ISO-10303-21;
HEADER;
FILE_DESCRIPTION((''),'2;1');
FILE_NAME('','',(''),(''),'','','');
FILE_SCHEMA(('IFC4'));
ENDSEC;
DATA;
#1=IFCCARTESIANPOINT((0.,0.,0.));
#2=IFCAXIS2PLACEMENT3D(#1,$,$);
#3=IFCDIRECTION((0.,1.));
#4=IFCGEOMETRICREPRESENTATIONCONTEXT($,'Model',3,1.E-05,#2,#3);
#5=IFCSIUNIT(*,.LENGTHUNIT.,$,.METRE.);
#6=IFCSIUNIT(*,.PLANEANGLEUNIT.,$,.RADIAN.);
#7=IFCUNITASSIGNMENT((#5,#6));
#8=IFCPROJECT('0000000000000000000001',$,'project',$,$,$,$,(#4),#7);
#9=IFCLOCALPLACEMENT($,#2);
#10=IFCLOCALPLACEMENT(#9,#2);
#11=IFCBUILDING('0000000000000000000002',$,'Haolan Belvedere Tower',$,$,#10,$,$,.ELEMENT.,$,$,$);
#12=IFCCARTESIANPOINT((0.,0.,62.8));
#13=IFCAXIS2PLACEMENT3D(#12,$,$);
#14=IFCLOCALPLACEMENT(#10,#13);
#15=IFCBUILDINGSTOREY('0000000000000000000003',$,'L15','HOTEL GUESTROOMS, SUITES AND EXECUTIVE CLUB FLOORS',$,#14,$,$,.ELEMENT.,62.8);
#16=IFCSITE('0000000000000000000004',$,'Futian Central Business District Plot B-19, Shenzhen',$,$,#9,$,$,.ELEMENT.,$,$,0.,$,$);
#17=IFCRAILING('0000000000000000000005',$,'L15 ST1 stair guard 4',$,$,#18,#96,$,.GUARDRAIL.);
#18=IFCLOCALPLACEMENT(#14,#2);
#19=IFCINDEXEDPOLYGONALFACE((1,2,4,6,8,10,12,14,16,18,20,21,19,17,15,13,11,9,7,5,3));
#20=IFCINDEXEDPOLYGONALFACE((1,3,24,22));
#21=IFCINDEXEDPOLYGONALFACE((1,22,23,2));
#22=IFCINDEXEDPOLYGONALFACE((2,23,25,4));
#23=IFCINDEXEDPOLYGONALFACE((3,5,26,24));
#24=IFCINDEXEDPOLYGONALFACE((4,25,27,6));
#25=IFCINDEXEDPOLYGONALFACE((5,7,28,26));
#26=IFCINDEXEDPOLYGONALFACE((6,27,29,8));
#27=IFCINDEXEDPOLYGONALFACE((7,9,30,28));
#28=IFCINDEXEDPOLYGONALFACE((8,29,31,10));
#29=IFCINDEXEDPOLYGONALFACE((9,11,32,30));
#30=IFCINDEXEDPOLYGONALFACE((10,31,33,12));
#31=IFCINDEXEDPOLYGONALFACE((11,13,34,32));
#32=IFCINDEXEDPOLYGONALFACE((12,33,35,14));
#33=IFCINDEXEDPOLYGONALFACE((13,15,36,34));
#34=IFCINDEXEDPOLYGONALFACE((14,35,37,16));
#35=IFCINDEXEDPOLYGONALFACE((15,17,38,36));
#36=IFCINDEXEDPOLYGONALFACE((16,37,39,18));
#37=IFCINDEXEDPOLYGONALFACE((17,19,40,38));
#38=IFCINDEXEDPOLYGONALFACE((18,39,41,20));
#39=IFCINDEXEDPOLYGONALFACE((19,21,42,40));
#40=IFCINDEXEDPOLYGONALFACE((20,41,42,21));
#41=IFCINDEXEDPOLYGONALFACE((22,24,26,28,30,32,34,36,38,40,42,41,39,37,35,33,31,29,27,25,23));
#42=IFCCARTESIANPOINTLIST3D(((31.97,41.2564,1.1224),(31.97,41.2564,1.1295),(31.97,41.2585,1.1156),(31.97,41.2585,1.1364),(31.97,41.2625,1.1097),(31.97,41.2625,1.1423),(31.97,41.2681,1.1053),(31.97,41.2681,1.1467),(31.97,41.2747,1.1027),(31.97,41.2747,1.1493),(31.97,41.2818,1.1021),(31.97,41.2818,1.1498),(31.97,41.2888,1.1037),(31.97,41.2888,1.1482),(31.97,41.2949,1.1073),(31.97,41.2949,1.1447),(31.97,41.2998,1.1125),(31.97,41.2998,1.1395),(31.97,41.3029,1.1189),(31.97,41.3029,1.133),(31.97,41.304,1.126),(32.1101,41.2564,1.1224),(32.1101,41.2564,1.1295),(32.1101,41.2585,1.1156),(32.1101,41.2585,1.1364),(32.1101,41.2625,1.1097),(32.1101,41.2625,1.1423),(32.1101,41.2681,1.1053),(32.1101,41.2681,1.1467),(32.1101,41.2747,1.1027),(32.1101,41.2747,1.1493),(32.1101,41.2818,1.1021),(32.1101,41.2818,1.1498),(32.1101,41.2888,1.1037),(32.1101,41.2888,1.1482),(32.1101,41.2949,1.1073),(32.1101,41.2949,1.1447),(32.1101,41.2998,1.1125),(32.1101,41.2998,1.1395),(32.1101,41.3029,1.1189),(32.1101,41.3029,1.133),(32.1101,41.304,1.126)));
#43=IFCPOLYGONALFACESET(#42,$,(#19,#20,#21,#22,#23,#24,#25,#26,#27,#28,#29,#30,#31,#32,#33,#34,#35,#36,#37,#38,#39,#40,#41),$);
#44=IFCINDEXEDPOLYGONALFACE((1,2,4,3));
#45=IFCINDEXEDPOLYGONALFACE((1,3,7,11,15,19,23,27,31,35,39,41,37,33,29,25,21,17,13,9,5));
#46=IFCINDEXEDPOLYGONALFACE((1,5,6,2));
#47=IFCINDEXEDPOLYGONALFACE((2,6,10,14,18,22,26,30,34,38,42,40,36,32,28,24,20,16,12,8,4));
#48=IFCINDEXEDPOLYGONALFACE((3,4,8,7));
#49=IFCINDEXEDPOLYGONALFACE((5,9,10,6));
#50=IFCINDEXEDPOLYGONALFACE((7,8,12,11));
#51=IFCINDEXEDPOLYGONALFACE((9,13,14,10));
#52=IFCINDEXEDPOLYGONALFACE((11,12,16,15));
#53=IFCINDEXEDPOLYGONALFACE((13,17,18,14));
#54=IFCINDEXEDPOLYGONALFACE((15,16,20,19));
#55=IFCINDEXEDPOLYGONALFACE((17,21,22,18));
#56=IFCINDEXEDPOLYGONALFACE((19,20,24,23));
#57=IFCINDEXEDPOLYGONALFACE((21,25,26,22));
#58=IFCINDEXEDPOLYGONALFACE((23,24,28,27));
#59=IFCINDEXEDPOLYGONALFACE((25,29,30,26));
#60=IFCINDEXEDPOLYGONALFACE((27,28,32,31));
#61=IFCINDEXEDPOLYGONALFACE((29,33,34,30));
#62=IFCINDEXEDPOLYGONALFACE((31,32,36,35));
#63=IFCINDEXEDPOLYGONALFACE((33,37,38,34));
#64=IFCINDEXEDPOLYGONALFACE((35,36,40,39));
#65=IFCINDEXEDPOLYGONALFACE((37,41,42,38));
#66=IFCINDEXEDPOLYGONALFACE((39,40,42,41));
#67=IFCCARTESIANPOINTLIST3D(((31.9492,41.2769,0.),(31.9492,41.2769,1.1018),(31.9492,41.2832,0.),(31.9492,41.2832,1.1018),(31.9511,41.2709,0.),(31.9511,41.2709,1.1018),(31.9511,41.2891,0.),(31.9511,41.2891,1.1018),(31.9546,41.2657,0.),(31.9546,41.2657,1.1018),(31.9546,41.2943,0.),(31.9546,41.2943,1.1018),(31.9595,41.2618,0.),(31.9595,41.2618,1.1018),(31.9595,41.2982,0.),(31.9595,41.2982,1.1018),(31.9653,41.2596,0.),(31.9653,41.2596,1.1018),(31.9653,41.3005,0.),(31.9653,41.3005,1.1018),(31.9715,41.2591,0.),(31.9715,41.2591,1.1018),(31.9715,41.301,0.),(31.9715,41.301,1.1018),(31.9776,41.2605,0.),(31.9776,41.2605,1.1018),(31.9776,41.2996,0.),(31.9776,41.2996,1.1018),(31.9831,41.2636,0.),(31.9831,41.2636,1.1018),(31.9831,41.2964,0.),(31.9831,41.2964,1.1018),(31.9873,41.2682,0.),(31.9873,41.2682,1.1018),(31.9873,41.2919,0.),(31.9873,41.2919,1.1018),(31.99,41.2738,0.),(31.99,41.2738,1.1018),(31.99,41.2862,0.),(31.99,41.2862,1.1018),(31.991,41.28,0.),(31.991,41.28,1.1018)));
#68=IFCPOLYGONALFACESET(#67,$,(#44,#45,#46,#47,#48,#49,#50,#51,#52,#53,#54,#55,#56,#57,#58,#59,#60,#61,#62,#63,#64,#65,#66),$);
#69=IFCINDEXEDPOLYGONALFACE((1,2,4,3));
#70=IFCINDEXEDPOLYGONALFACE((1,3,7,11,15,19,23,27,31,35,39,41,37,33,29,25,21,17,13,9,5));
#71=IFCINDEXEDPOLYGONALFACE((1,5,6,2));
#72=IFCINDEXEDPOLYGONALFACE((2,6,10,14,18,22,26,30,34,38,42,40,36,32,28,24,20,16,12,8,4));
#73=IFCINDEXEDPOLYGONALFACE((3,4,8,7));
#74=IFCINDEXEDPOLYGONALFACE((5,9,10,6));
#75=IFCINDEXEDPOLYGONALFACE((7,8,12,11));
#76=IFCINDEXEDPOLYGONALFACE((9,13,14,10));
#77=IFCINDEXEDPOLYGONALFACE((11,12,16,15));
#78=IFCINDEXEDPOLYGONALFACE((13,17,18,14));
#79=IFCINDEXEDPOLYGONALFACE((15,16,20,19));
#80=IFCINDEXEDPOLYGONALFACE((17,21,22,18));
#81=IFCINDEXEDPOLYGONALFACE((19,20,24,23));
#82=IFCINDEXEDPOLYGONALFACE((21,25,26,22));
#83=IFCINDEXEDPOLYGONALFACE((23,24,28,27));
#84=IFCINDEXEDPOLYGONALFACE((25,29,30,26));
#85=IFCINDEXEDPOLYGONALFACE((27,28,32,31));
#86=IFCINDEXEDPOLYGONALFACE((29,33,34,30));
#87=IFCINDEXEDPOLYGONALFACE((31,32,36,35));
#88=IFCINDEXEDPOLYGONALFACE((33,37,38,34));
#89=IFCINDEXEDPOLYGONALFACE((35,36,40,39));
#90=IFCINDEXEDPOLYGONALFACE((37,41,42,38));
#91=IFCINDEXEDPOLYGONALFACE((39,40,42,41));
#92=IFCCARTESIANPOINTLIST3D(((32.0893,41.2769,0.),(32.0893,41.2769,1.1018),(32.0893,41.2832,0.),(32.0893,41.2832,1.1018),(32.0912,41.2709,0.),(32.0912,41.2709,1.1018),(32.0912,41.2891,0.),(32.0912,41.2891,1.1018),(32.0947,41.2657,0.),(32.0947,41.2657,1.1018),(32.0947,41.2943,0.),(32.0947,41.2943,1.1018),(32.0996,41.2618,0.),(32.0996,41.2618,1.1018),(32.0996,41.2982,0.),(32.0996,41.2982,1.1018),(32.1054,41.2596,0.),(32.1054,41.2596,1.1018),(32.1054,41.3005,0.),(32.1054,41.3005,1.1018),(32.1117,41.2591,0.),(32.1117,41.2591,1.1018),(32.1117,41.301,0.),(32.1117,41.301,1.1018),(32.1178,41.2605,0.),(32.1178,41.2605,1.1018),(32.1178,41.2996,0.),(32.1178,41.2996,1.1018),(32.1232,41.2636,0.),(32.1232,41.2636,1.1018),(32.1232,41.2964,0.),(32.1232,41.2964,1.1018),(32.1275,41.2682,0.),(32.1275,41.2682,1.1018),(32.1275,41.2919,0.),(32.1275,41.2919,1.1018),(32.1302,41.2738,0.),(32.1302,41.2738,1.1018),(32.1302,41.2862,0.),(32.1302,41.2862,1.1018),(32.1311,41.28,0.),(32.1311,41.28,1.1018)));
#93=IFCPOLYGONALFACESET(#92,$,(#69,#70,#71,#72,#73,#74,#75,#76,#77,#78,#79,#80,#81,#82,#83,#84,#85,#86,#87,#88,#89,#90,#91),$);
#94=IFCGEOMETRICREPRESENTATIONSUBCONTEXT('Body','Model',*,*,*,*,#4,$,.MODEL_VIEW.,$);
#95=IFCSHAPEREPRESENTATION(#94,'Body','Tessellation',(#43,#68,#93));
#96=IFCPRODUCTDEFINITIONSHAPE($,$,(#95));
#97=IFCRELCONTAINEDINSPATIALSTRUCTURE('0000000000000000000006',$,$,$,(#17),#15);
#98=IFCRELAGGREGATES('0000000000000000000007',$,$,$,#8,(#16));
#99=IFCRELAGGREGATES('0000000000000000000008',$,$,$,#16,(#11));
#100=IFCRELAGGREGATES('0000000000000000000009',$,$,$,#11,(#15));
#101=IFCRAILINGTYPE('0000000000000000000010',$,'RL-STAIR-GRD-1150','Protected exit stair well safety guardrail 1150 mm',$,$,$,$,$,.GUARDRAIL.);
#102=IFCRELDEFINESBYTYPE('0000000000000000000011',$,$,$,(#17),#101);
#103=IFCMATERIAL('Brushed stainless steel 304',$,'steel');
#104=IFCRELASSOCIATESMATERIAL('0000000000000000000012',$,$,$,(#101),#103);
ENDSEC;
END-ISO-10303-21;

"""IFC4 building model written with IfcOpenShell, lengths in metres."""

from ifc_helpers import new_model, si_unit, direction, frame, origin, origin_2d, place, context, subcontext, project, spatial, circle, extrude, material, type_object, element, save


model = new_model("IFC4")

# Units and contexts
model_context = context("Model", 3, precision=1e-05, world=origin(), true_north=direction((0.0, 1.0)))
body_context = subcontext(model_context, "Body", "Model", "MODEL_VIEW")
ifc_project = project(units=[si_unit("LENGTHUNIT", "METRE"), si_unit("PLANEANGLEUNIT", "RADIAN")], contexts=[model_context])

# Site, building, storey
site_placement = place(None, origin())
site = spatial("IfcSite", under=ifc_project, at=site_placement, Name="Futian Central Business District Plot B-19, Shenzhen", CompositionType="ELEMENT", RefElevation=0.0)
building_placement = place(site_placement, origin())
building = spatial("IfcBuilding", under=site, at=building_placement, Name="Haolan Belvedere Tower", CompositionType="ELEMENT")
storey_placement = place(building_placement, frame((0.0, 0.0, 62.8)))
storey = spatial("IfcBuildingStorey", under=building, at=storey_placement, Name="L15", Description="HOTEL GUESTROOMS, SUITES AND EXECUTIVE CLUB FLOORS", CompositionType="ELEMENT", Elevation=62.8)

# Railing
ifc_material_1 = material(Name="Brushed stainless steel 304", Category="steel")
railing_type_1 = type_object("IfcRailingType", Name="RL-STAIR-GRD-1150", Description="Protected exit stair well safety guardrail 1150 mm", PredefinedType="GUARDRAIL", material=ifc_material_1)
railing_1_placement = place(storey_placement, frame((31.97, 41.28, 0.0)))
element("IfcRailing", 1, at=railing_1_placement, inside=storey, type_object=railing_type_1, Name="L15 ST1 stair guard 4", PredefinedType="GUARDRAIL", context=body_context, shape_type="SweptSolid", body=[
    extrude(circle(Radius=0.0239, at=origin_2d()), frame((0.0, 0.0, 1.126), z_axis=(1.0, 0.0, 0.0), x_axis=(0.0, 1.0, 0.0)), (0.0, 0.0, 1.0), 0.1401),
    extrude(circle(Radius=0.021, at=origin_2d()), origin(), (0.0, 0.0, 1.0), 1.1018),
    extrude(circle(Radius=0.021, at=origin_2d()), frame((0.1401, 0.0, 0.0)), (0.0, 0.0, 1.0), 1.1018),
])

save(model, "model.ifc")
